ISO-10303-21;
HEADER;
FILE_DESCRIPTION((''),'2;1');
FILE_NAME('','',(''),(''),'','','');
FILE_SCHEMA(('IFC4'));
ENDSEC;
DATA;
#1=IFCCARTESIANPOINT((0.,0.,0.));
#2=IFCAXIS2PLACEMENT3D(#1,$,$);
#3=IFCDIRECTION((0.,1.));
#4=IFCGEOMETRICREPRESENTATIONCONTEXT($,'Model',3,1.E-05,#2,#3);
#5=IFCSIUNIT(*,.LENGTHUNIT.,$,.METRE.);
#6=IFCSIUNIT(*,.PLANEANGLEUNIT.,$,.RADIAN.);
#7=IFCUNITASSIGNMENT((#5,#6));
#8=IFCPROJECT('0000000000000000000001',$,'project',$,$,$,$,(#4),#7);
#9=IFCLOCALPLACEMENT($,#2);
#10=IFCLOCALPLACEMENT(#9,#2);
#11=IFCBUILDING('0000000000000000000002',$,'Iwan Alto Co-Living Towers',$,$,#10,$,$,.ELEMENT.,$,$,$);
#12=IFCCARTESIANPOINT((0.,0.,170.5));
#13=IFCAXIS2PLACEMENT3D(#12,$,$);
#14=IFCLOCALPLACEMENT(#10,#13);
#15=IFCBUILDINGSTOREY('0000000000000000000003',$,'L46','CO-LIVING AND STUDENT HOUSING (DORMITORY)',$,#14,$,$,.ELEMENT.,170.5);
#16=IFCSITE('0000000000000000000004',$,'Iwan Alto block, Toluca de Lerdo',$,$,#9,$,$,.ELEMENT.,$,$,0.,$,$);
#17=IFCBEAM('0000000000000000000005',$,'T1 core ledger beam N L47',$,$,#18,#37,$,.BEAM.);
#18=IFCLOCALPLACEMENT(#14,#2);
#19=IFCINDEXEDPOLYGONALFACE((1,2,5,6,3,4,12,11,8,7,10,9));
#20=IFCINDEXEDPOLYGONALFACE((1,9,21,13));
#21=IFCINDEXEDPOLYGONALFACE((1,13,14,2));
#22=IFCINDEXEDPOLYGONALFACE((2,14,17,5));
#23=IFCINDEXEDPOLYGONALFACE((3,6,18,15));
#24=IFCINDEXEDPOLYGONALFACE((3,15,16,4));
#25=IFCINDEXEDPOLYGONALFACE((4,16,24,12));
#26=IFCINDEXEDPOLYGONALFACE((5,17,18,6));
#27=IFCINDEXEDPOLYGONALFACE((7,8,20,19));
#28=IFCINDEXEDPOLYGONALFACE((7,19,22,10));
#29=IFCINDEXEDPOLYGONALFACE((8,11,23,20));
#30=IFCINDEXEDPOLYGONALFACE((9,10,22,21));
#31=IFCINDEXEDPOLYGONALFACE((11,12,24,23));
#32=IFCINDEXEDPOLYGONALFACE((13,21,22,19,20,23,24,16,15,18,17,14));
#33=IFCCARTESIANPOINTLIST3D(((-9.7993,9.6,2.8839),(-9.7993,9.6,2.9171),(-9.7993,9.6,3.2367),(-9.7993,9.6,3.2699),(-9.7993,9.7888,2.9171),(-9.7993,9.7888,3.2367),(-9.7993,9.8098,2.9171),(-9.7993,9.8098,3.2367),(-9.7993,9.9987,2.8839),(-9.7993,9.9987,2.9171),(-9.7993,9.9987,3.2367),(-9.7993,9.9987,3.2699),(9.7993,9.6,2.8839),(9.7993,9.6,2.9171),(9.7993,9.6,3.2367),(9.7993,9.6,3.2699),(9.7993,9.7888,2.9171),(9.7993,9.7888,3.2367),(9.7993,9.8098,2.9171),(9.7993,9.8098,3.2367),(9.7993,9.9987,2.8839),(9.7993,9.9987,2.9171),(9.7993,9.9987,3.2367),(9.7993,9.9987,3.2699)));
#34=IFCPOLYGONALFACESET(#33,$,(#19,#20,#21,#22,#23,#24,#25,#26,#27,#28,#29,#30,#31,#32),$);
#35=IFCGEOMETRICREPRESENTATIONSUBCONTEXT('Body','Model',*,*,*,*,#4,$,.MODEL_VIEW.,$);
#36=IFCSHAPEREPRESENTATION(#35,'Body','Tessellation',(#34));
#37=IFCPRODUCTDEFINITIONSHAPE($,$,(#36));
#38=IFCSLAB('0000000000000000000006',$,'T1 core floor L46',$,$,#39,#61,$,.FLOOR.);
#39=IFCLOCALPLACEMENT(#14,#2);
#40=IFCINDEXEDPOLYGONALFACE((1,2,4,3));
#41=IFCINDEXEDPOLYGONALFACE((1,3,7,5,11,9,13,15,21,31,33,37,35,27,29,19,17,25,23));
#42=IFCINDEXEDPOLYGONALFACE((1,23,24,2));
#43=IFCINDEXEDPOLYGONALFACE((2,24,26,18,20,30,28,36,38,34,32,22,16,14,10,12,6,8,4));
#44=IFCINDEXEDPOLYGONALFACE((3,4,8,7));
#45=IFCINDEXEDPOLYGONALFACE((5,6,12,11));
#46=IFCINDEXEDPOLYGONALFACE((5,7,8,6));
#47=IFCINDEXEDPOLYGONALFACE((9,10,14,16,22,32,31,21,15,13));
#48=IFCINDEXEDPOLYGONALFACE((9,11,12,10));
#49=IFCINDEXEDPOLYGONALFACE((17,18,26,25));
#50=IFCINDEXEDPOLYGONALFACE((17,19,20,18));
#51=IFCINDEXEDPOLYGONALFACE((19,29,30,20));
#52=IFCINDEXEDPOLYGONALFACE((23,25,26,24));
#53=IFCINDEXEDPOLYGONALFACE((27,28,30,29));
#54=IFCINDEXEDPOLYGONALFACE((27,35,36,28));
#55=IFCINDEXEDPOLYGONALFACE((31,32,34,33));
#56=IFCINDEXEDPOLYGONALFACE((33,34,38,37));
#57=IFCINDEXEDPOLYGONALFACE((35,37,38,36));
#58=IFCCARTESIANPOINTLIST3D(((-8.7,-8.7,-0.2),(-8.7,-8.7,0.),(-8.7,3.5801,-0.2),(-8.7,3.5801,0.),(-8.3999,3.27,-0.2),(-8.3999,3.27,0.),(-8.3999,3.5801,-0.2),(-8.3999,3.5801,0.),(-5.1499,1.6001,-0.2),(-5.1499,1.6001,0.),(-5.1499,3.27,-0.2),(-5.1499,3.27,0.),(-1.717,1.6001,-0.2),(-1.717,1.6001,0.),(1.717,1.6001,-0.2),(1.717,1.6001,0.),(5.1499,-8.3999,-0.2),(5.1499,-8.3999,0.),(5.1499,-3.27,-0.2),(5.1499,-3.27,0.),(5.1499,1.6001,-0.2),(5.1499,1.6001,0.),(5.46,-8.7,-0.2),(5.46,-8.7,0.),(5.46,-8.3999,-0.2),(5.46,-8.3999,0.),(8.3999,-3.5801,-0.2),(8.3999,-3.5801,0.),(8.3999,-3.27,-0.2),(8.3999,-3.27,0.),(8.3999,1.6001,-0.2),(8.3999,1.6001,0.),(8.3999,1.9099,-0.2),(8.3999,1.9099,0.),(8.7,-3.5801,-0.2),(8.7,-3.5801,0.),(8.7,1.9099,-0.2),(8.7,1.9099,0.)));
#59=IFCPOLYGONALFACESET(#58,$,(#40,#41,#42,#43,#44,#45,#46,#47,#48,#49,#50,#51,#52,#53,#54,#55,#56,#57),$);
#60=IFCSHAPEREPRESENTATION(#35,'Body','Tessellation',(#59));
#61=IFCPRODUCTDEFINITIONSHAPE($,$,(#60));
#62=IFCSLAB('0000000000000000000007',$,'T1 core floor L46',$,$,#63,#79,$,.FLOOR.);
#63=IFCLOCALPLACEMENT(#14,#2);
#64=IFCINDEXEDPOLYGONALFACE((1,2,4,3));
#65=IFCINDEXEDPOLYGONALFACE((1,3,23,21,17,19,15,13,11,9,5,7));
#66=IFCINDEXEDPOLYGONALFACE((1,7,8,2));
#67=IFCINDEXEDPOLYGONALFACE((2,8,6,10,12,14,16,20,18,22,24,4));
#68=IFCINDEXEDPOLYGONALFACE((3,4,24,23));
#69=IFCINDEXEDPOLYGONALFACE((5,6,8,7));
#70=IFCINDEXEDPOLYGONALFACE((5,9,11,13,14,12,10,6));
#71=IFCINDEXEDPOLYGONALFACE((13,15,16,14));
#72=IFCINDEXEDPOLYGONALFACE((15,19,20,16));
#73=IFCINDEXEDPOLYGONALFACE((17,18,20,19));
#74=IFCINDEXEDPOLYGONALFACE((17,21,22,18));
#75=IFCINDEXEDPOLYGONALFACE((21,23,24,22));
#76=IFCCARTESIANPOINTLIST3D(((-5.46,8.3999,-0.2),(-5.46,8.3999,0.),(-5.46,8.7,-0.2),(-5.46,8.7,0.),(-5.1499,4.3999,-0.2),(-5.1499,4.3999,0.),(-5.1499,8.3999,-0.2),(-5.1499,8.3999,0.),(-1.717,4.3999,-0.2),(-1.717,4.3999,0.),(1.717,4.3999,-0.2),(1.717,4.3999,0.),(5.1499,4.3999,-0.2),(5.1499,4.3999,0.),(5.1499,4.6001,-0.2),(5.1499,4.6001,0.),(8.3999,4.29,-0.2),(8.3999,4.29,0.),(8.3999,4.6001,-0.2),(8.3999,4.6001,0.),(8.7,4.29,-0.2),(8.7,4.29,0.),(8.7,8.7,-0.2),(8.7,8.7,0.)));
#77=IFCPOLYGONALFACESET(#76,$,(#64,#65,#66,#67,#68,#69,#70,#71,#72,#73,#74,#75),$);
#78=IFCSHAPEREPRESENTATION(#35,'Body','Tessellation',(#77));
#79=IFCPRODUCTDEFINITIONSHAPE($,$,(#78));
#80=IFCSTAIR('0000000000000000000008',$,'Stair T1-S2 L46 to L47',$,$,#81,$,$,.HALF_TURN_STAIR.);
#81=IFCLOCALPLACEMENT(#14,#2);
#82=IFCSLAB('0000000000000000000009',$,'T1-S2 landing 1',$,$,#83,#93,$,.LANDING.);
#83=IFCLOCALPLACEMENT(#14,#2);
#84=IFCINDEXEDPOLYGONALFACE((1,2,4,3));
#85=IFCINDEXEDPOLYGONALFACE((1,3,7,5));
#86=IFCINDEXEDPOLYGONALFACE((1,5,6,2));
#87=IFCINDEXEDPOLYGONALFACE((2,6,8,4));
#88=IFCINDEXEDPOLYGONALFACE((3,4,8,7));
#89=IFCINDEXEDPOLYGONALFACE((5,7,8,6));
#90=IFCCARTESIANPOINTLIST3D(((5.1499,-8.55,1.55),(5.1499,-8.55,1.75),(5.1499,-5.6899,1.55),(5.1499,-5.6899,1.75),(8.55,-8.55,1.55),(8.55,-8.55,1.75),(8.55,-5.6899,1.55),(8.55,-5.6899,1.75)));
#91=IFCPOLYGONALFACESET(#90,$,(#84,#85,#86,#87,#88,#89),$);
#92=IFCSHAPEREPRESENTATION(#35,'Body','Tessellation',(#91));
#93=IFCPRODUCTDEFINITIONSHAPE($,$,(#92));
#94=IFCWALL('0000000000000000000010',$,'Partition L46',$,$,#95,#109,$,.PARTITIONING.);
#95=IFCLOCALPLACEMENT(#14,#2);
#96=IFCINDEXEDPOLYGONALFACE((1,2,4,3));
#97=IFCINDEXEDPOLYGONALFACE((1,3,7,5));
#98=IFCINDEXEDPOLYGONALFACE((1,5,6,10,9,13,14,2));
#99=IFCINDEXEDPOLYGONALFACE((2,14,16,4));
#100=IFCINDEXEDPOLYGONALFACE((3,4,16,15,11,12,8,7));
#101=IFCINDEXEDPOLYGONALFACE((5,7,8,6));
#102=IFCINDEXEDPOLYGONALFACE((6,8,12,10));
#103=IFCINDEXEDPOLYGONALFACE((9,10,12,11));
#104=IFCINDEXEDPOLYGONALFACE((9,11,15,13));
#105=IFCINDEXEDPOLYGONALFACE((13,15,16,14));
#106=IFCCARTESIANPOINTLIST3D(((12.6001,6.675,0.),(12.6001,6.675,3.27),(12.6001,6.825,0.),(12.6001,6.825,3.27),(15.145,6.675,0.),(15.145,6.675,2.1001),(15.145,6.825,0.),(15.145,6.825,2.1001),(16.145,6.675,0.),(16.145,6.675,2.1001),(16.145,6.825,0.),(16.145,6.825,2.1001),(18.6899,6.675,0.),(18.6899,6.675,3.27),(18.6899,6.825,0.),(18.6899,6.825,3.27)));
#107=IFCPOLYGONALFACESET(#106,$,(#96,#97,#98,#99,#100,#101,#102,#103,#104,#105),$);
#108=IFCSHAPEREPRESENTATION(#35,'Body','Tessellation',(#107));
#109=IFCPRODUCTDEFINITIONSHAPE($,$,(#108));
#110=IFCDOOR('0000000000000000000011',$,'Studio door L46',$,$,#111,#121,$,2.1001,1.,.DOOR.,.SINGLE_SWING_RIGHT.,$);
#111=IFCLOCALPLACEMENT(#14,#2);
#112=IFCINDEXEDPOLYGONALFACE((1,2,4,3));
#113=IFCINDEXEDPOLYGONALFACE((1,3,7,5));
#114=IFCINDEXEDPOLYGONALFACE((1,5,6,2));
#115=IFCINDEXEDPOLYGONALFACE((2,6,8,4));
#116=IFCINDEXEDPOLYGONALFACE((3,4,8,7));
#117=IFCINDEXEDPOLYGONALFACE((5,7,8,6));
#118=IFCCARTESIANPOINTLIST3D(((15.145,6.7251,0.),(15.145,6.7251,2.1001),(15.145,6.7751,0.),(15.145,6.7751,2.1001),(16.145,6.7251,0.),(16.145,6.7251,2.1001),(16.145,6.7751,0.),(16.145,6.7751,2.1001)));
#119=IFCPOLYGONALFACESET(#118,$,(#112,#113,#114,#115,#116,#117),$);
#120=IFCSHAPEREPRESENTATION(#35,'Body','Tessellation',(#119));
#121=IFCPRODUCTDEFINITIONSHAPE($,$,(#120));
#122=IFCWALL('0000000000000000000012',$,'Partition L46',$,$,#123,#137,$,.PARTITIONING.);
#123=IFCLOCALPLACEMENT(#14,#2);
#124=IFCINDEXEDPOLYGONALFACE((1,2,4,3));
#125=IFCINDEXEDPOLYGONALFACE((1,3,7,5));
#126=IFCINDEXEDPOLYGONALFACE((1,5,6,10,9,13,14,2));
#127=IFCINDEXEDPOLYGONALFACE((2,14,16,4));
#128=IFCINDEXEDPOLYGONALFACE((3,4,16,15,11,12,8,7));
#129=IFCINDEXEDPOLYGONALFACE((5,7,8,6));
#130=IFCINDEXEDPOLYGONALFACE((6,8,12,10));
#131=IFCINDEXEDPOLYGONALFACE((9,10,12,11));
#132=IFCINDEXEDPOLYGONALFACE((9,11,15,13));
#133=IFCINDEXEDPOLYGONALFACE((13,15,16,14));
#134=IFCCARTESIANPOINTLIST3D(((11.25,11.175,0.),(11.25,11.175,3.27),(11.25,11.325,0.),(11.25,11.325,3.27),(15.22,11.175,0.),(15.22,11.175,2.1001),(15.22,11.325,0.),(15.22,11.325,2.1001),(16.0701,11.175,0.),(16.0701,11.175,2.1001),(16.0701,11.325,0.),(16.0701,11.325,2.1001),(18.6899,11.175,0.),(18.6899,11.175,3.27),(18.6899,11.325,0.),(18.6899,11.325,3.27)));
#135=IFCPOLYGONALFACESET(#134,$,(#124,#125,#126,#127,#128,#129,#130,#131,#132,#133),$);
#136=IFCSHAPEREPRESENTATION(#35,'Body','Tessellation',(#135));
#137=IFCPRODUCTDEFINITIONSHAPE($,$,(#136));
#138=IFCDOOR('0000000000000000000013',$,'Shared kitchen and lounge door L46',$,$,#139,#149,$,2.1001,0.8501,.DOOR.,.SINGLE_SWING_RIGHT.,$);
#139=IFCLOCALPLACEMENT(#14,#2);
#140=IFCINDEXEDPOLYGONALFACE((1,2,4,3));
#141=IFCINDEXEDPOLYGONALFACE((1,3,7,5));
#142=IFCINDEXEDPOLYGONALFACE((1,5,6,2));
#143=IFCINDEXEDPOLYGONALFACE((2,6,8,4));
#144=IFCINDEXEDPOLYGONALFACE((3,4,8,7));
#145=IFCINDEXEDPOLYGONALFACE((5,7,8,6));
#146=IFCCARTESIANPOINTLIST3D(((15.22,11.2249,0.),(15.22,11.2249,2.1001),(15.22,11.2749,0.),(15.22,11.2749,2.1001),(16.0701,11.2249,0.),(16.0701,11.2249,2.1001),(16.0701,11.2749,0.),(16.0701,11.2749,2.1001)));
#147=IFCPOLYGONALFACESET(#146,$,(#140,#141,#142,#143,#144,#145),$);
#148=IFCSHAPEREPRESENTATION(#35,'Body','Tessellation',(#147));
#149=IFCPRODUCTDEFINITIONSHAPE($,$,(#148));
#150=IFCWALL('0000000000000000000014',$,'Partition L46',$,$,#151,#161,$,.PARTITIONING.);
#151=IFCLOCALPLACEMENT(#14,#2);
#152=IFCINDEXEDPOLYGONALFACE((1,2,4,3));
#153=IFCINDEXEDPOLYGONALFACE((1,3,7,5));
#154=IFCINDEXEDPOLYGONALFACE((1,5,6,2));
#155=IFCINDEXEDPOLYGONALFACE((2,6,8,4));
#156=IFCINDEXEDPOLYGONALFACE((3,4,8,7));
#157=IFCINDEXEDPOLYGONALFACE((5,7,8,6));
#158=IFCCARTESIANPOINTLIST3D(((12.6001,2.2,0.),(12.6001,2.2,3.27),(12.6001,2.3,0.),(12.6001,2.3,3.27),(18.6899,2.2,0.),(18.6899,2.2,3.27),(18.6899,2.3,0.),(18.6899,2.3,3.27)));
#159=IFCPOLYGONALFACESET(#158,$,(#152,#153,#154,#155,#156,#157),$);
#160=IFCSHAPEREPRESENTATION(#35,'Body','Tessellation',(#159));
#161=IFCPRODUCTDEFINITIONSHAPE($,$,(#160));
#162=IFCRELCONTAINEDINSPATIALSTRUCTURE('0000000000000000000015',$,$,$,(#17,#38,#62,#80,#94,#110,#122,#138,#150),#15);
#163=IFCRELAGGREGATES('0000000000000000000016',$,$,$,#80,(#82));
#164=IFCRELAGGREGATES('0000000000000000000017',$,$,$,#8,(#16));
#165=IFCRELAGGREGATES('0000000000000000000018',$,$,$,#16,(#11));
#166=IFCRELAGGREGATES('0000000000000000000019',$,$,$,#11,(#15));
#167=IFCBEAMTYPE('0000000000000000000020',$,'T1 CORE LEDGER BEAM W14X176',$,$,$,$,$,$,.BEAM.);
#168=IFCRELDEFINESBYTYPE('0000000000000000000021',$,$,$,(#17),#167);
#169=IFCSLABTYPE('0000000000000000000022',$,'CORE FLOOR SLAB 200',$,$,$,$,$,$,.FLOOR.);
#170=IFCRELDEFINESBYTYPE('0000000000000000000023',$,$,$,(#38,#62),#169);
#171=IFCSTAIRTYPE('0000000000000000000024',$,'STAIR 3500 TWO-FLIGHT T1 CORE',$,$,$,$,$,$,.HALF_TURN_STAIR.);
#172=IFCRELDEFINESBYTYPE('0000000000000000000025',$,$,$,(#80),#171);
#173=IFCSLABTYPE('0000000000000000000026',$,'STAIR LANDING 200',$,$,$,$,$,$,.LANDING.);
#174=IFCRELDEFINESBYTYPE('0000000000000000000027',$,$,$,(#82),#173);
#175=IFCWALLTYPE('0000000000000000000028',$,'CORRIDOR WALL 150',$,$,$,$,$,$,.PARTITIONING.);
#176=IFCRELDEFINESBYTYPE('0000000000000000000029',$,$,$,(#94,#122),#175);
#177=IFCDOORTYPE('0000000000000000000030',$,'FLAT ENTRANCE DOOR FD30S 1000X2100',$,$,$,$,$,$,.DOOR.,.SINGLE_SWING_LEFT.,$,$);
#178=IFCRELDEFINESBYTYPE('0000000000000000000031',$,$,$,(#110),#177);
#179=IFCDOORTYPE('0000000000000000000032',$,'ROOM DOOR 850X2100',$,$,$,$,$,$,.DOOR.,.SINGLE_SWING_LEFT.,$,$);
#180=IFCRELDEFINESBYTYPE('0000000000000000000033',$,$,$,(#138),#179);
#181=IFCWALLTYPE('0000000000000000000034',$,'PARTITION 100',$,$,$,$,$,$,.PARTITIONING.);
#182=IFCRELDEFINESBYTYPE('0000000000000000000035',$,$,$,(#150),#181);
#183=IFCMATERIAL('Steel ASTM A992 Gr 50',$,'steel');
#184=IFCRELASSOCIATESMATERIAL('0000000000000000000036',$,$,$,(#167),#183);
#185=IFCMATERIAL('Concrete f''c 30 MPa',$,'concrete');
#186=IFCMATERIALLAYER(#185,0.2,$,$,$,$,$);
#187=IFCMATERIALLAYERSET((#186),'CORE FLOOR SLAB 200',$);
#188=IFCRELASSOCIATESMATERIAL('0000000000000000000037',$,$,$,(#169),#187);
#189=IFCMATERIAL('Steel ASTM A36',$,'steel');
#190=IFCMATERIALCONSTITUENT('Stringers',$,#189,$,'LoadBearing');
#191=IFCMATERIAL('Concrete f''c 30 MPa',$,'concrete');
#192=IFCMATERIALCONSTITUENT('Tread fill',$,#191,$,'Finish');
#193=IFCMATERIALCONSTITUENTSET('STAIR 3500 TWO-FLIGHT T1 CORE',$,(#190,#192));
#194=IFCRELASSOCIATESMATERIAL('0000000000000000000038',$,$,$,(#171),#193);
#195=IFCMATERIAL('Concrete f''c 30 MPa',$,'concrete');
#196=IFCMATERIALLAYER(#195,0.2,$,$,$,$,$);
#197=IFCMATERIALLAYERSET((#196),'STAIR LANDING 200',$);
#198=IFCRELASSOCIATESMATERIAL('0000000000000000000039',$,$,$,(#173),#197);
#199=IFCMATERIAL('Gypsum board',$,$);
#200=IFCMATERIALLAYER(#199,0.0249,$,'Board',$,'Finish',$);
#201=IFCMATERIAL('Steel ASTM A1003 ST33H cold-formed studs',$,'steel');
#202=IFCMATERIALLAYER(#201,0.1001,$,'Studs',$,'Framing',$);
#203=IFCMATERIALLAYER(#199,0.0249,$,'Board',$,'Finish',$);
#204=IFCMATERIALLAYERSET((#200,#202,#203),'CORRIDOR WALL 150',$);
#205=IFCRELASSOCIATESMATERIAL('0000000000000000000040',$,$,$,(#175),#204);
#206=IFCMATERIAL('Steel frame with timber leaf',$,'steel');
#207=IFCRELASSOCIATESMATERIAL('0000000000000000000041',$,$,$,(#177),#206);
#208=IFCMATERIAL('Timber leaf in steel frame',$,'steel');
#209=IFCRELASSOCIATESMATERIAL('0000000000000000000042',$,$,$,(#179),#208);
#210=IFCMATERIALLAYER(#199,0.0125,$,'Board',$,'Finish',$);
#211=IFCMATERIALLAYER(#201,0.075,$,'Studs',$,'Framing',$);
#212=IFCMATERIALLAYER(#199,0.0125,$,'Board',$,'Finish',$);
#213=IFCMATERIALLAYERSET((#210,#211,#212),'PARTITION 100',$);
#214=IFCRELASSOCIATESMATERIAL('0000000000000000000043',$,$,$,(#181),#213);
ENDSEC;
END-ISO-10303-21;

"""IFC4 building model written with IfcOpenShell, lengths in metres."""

from ifc_helpers import new_model, si_unit, direction, frame, frame_2d, origin, origin_2d, place, context, subcontext, project, spatial, polyline, rectangle, i_section, outline, extrude, material, layer, layer_set, constituent, constituent_set, material_profile, profile_set, type_object, element, fill, aggregate, save


model = new_model("IFC4")

# Units and contexts
model_context = context("Model", 3, precision=1e-05, world=origin(), true_north=direction((0.0, 1.0)))
body_context = subcontext(model_context, "Body", "Model", "MODEL_VIEW")
ifc_project = project(units=[si_unit("LENGTHUNIT", "METRE"), si_unit("PLANEANGLEUNIT", "RADIAN")], contexts=[model_context])

# Site, building, storey
site_placement = place(None, origin())
site = spatial("IfcSite", under=ifc_project, at=site_placement, Name="Iwan Alto block, Toluca de Lerdo", CompositionType="ELEMENT", RefElevation=0.0)
building_placement = place(site_placement, origin())
building = spatial("IfcBuilding", under=site, at=building_placement, Name="Iwan Alto Co-Living Towers", CompositionType="ELEMENT")
storey_placement = place(building_placement, frame((0.0, 0.0, 170.5)))
storey = spatial("IfcBuildingStorey", under=building, at=storey_placement, Name="L46", Description="CO-LIVING AND STUDENT HOUSING (DORMITORY)", CompositionType="ELEMENT", Elevation=170.5)

# Beam
ifc_material_1 = material(Name="Steel ASTM A992 Gr 50", Category="steel")
ifc_material_profile = material_profile(ifc_material_1, i_section(OverallWidth=0.3987, OverallDepth=0.386, WebThickness=0.021, FlangeThickness=0.0332, at=origin_2d()), Name="W14X176")
ifc_profile_set = profile_set([ifc_material_profile], Name="Steel ASTM A992 Gr 50")
beam_type = type_object("IfcBeamType", Name="T1 CORE LEDGER BEAM W14X176", PredefinedType="BEAM", material=ifc_profile_set)
beam_placement = place(storey_placement, frame((9.7993, 9.7993, 3.0769), z_axis=(-1.0, 0.0, 0.0), x_axis=(0.0, -1.0, 0.0)))
element("IfcBeam", 1, at=beam_placement, inside=storey, type_object=beam_type, Name="T1 core ledger beam N L47", PredefinedType="BEAM", context=body_context, shape_type="SweptSolid", body=[
    extrude(i_section(OverallWidth=0.3987, OverallDepth=0.386, WebThickness=0.021, FlangeThickness=0.0332, at=origin_2d()), origin(), (0.0, 0.0, 1.0), 19.5986),
])

# Slabs
ifc_material_2 = material(Name="Concrete f'c 30 MPa", Category="concrete")
ifc_layer_1 = layer(ifc_material_2, 0.2)
ifc_layer_set_1 = layer_set([ifc_layer_1], Name="CORE FLOOR SLAB 200")
slab_type_1 = type_object("IfcSlabType", Name="CORE FLOOR SLAB 200", PredefinedType="FLOOR", material=ifc_layer_set_1)
slab_1_placement = place(storey_placement, frame((0.0, 0.0, -0.2)))
element("IfcSlab", 2, at=slab_1_placement, inside=storey, type_object=slab_type_1, Name="T1 core floor L46", PredefinedType="FLOOR", context=body_context, shape_type="SweptSolid", body=[
    extrude(outline(polyline([(5.1499, -8.3999), (5.46, -8.3999), (5.46, -8.7), (-8.7, -8.7), (-8.7, 3.5801), (-8.3999, 3.5801), (-8.3999, 3.27), (-5.1499, 3.27), (-5.1499, 1.6001), (-1.717, 1.6001), (1.717, 1.6001), (5.1499, 1.6001), (8.3999, 1.6001), (8.3999, 1.9099), (8.7, 1.9099), (8.7, -3.5801), (8.3999, -3.5801), (8.3999, -3.27), (5.1499, -3.27), (5.1499, -8.3999)])), origin(), (0.0, 0.0, 1.0), 0.2),
])
slab_2_placement = place(storey_placement, frame((0.0, 0.0, -0.2)))
element("IfcSlab", 3, at=slab_2_placement, inside=storey, type_object=slab_type_1, Name="T1 core floor L46", PredefinedType="FLOOR", context=body_context, shape_type="SweptSolid", body=[
    extrude(outline(polyline([(1.717, 4.3999), (-1.717, 4.3999), (-5.1499, 4.3999), (-5.1499, 8.3999), (-5.46, 8.3999), (-5.46, 8.7), (8.7, 8.7), (8.7, 4.29), (8.3999, 4.29), (8.3999, 4.6001), (5.1499, 4.6001), (5.1499, 4.3999), (1.717, 4.3999)])), origin(), (0.0, 0.0, 1.0), 0.2),
])

# Stair, slab
ifc_material_3 = material(Name="Steel ASTM A36", Category="steel")
ifc_constituent_1 = constituent(ifc_material_3, Name="Stringers", Category="LoadBearing")
ifc_material_4 = material(Name="Concrete f'c 30 MPa", Category="concrete")
ifc_constituent_2 = constituent(ifc_material_4, Name="Tread fill", Category="Finish")
ifc_constituent_set = constituent_set(constituents=[ifc_constituent_1, ifc_constituent_2], Name="STAIR 3500 TWO-FLIGHT T1 CORE")
stair_type = type_object("IfcStairType", Name="STAIR 3500 TWO-FLIGHT T1 CORE", PredefinedType="HALF_TURN_STAIR", material=ifc_constituent_set)
stair_placement = place(storey_placement, origin())
stair = element("IfcStair", 4, at=stair_placement, inside=storey, type_object=stair_type, Name="Stair T1-S2 L46 to L47", PredefinedType="HALF_TURN_STAIR")
ifc_material_5 = material(Name="Concrete f'c 30 MPa", Category="concrete")
ifc_layer_2 = layer(ifc_material_5, 0.2)
ifc_layer_set_2 = layer_set([ifc_layer_2], Name="STAIR LANDING 200")
slab_type_2 = type_object("IfcSlabType", Name="STAIR LANDING 200", PredefinedType="LANDING", material=ifc_layer_set_2)
slab_3_placement = place(storey_placement, frame((0.0, 0.0, 1.55)))
slab_3 = element("IfcSlab", 5, at=slab_3_placement, type_object=slab_type_2, Name="T1-S2 landing 1", PredefinedType="LANDING", context=body_context, shape_type="SweptSolid", body=[
    extrude(outline(polyline([(5.1499, -5.6899), (5.1499, -8.55), (8.55, -8.55), (8.55, -5.6899), (5.1499, -5.6899)])), origin(), (0.0, 0.0, 1.0), 0.2),
])
aggregate(stair, [slab_3])

# Walls, openings, doors
ifc_material_6 = material(Name="Gypsum board")
ifc_layer_3 = layer(ifc_material_6, 0.0249, Name="Board", Category="Finish")
ifc_material_7 = material(Name="Steel ASTM A1003 ST33H cold-formed studs", Category="steel")
ifc_layer_4 = layer(ifc_material_7, 0.1001, Name="Studs", Category="Framing")
ifc_layer_5 = layer(ifc_material_6, 0.0249, Name="Board", Category="Finish")
ifc_layer_set_3 = layer_set([ifc_layer_3, ifc_layer_4, ifc_layer_5], Name="CORRIDOR WALL 150")
wall_type_1 = type_object("IfcWallType", Name="CORRIDOR WALL 150", PredefinedType="PARTITIONING", material=ifc_layer_set_3)
wall_1_placement = place(storey_placement, frame((12.6001, 6.75, 0.0), z_axis=(0.0, 0.0, 1.0), x_axis=(1.0, 0.0, 0.0)))
wall_1 = element("IfcWall", 6, at=wall_1_placement, inside=storey, type_object=wall_type_1, Name="Partition L46", PredefinedType="PARTITIONING", context=body_context, shape_type="SweptSolid", body=[
    extrude(rectangle(XDim=6.0898, YDim=0.1499, at=frame_2d((3.0449, 0.0))), origin(), (0.0, 0.0, 1.0), 3.27),
])
opening_1_placement = place(wall_1_placement, frame((2.5449, 0.0, 0.0)))
opening_1 = element("IfcOpeningElement", 7, at=opening_1_placement, cuts=wall_1, PredefinedType="OPENING", context=body_context, shape_type="SweptSolid", body=[
    extrude(rectangle(XDim=1.0, YDim=2.1001, at=frame_2d((0.5, 1.05))), frame((0.0, 0.085, 0.0), z_axis=(0.0, -1.0, 0.0), x_axis=(1.0, 0.0, 0.0)), (0.0, 0.0, 1.0), 0.1699),
])
ifc_material_8 = material(Name="Steel frame with timber leaf", Category="steel")
door_type_1 = type_object("IfcDoorType", Name="FLAT ENTRANCE DOOR FD30S 1000X2100", OperationType="SINGLE_SWING_LEFT", PredefinedType="DOOR", material=ifc_material_8)
door_1_placement = place(opening_1_placement, frame((1.0, 0.0, 0.0), z_axis=(0.0, 0.0, 1.0), x_axis=(-1.0, 0.0, 0.0)))
door_1 = element("IfcDoor", 8, at=door_1_placement, inside=storey, type_object=door_type_1, Name="Studio door L46", OperationType="SINGLE_SWING_RIGHT", OverallHeight=2.1001, OverallWidth=1.0, PredefinedType="DOOR", context=body_context, shape_type="SweptSolid", body=[
    extrude(rectangle(XDim=1.0, YDim=2.1001, at=frame_2d((0.5, 1.05))), frame((0.0, 0.0249, 0.0), z_axis=(0.0, -1.0, 0.0), x_axis=(1.0, 0.0, 0.0)), (0.0, 0.0, 1.0), 0.05),
])
fill(opening_1, door_1)
wall_2_placement = place(storey_placement, frame((11.25, 11.25, 0.0), z_axis=(0.0, 0.0, 1.0), x_axis=(1.0, 0.0, 0.0)))
wall_2 = element("IfcWall", 9, at=wall_2_placement, inside=storey, type_object=wall_type_1, Name="Partition L46", PredefinedType="PARTITIONING", context=body_context, shape_type="SweptSolid", body=[
    extrude(rectangle(XDim=7.4399, YDim=0.1499, at=frame_2d((3.72, 0.0))), origin(), (0.0, 0.0, 1.0), 3.27),
])
opening_2_placement = place(wall_2_placement, frame((3.97, 0.0, 0.0)))
opening_2 = element("IfcOpeningElement", 10, at=opening_2_placement, cuts=wall_2, PredefinedType="OPENING", context=body_context, shape_type="SweptSolid", body=[
    extrude(rectangle(XDim=0.8501, YDim=2.1001, at=frame_2d((0.425, 1.05))), frame((0.0, 0.085, 0.0), z_axis=(0.0, -1.0, 0.0), x_axis=(1.0, 0.0, 0.0)), (0.0, 0.0, 1.0), 0.1699),
])
ifc_material_9 = material(Name="Timber leaf in steel frame", Category="steel")
door_type_2 = type_object("IfcDoorType", Name="ROOM DOOR 850X2100", OperationType="SINGLE_SWING_LEFT", PredefinedType="DOOR", material=ifc_material_9)
door_2_placement = place(opening_2_placement, origin())
door_2 = element("IfcDoor", 11, at=door_2_placement, inside=storey, type_object=door_type_2, Name="Shared kitchen and lounge door L46", OperationType="SINGLE_SWING_RIGHT", OverallHeight=2.1001, OverallWidth=0.8501, PredefinedType="DOOR", context=body_context, shape_type="SweptSolid", body=[
    extrude(rectangle(XDim=0.8501, YDim=2.1001, at=frame_2d((0.425, 1.05))), frame((0.0, 0.0249, 0.0), z_axis=(0.0, -1.0, 0.0), x_axis=(1.0, 0.0, 0.0)), (0.0, 0.0, 1.0), 0.05),
])
fill(opening_2, door_2)

# Wall
ifc_layer_6 = layer(ifc_material_6, 0.0125, Name="Board", Category="Finish")
ifc_layer_7 = layer(ifc_material_7, 0.075, Name="Studs", Category="Framing")
ifc_layer_8 = layer(ifc_material_6, 0.0125, Name="Board", Category="Finish")
ifc_layer_set_4 = layer_set([ifc_layer_6, ifc_layer_7, ifc_layer_8], Name="PARTITION 100")
wall_type_2 = type_object("IfcWallType", Name="PARTITION 100", PredefinedType="PARTITIONING", material=ifc_layer_set_4)
wall_3_placement = place(storey_placement, frame((12.6001, 2.25, 0.0), z_axis=(0.0, 0.0, 1.0), x_axis=(1.0, 0.0, 0.0)))
element("IfcWall", 12, at=wall_3_placement, inside=storey, type_object=wall_type_2, Name="Partition L46", PredefinedType="PARTITIONING", context=body_context, shape_type="SweptSolid", body=[
    extrude(rectangle(XDim=6.0898, YDim=0.1001, at=frame_2d((3.0449, 0.0))), origin(), (0.0, 0.0, 1.0), 3.27),
])

save(model, "model.ifc")
